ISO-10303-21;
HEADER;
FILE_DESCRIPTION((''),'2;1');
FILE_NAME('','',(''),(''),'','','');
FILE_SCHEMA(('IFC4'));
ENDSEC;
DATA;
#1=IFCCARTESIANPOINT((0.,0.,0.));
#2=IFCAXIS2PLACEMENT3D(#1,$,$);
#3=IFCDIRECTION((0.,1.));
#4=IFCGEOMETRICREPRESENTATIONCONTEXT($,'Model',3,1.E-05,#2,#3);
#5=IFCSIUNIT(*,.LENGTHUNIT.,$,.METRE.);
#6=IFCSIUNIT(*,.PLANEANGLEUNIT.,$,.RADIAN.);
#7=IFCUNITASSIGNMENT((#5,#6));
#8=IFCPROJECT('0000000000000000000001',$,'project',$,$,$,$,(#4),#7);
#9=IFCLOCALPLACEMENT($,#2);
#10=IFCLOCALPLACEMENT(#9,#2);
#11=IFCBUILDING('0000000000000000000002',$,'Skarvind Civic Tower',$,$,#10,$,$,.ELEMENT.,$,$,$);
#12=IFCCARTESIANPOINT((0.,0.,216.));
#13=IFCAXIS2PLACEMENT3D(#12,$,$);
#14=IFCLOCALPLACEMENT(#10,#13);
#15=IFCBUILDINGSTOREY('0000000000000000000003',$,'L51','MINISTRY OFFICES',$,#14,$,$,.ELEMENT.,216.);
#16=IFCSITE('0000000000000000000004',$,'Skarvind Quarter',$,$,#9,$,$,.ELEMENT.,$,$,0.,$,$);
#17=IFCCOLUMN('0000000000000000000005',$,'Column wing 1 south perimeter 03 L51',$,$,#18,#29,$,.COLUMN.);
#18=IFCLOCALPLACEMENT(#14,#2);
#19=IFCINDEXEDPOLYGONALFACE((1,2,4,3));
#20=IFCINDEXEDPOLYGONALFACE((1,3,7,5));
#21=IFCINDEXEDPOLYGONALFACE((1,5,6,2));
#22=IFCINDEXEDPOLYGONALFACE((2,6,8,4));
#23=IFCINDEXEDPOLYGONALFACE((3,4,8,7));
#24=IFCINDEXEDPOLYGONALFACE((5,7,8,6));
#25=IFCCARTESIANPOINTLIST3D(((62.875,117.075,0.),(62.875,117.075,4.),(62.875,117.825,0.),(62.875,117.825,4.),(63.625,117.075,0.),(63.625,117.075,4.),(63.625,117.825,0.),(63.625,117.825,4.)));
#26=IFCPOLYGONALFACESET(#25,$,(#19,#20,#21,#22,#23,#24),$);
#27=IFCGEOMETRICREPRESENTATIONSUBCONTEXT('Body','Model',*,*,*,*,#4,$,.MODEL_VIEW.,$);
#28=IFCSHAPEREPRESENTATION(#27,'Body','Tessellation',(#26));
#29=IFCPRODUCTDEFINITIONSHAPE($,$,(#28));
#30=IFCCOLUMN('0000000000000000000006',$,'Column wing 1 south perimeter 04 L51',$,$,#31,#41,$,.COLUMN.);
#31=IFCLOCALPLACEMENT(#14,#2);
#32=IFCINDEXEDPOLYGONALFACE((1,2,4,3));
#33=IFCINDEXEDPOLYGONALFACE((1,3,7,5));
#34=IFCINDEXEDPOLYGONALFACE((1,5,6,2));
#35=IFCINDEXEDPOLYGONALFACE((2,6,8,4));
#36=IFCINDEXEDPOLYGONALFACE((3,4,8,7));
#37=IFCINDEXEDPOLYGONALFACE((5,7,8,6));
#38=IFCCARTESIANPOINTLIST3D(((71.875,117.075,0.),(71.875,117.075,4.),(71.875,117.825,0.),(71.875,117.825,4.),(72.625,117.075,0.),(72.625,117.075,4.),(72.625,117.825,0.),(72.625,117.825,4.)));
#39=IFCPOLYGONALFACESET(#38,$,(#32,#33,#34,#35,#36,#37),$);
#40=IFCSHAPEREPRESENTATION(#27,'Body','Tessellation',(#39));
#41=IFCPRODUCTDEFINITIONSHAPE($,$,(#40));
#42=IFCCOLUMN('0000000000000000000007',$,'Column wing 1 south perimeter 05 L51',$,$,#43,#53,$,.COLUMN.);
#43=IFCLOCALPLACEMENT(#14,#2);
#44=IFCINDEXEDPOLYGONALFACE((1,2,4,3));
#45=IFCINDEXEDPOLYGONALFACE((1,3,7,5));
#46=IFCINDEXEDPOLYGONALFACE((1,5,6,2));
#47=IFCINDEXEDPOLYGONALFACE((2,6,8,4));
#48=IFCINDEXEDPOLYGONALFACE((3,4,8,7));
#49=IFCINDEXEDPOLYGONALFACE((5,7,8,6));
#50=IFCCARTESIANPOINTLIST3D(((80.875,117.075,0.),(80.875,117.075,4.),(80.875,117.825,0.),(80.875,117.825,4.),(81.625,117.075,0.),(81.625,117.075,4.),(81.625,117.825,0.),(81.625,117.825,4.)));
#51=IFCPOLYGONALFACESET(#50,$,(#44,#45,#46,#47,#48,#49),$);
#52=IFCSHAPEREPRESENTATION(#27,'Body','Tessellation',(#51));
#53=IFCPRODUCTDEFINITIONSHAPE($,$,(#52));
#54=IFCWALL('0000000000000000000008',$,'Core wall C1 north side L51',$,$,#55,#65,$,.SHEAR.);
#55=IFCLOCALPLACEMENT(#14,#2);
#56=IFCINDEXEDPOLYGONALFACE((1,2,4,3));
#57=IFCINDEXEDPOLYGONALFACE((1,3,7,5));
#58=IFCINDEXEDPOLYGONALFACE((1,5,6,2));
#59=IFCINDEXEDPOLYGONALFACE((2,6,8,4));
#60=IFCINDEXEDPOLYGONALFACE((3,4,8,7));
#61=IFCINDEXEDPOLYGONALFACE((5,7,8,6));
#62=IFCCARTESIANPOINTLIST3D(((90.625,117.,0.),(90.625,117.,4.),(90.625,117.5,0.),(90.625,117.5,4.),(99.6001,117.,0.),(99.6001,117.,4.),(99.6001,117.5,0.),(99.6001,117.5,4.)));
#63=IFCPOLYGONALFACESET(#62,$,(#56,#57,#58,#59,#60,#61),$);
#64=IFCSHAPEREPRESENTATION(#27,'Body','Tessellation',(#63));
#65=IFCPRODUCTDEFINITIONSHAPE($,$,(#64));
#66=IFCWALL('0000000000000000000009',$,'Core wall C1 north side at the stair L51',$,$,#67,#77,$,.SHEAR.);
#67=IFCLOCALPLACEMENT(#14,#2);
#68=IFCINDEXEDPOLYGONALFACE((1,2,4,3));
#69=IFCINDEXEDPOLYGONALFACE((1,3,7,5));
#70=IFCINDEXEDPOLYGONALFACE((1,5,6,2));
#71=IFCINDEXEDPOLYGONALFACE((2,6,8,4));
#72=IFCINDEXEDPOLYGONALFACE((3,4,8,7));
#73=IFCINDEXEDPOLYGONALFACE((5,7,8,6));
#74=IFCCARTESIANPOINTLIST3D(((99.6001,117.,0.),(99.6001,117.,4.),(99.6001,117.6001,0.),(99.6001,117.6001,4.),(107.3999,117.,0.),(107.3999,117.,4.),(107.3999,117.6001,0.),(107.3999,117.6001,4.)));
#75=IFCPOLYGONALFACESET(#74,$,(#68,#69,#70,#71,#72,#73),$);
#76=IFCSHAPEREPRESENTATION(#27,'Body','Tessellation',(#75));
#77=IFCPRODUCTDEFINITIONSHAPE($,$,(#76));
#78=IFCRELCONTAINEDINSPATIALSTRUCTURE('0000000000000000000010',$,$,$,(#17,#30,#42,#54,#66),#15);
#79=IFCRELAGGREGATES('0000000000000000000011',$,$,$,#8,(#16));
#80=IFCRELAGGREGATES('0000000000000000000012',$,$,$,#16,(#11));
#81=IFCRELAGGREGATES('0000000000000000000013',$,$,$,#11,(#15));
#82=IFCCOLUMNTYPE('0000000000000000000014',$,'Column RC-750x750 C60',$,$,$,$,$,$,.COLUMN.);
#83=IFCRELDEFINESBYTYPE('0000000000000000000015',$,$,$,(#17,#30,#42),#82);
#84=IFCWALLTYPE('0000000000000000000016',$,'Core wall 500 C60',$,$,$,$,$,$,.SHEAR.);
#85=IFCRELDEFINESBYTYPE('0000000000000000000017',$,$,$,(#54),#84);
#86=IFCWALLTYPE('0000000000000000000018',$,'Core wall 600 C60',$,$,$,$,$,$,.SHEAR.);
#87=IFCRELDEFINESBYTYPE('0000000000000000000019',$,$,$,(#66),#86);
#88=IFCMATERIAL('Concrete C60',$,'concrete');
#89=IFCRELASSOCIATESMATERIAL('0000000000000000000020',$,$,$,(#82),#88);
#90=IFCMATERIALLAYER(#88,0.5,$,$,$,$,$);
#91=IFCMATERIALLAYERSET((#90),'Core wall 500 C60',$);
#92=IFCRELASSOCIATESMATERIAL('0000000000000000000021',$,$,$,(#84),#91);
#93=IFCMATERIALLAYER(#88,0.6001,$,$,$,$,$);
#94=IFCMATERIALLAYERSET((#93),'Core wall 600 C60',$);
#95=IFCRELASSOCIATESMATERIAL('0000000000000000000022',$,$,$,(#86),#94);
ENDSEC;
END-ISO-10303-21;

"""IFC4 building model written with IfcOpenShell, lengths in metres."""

from ifc_helpers import new_model, si_unit, direction, frame, frame_2d, origin, origin_2d, place, context, subcontext, project, spatial, rectangle, extrude, material, layer, layer_set, material_profile, profile_set, type_object, element, save


model = new_model("IFC4")

# Units and contexts
model_context = context("Model", 3, precision=1e-05, world=origin(), true_north=direction((0.0, 1.0)))
body_context = subcontext(model_context, "Body", "Model", "MODEL_VIEW")
ifc_project = project(units=[si_unit("LENGTHUNIT", "METRE"), si_unit("PLANEANGLEUNIT", "RADIAN")], contexts=[model_context])

# Site, building, storey
site_placement = place(None, origin())
site = spatial("IfcSite", under=ifc_project, at=site_placement, Name="Skarvind Quarter", CompositionType="ELEMENT", RefElevation=0.0)
building_placement = place(site_placement, origin())
building = spatial("IfcBuilding", under=site, at=building_placement, Name="Skarvind Civic Tower", CompositionType="ELEMENT")
storey_placement = place(building_placement, frame((0.0, 0.0, 216.0)))
storey = spatial("IfcBuildingStorey", under=building, at=storey_placement, Name="L51", Description="MINISTRY OFFICES", CompositionType="ELEMENT", Elevation=216.0)

# Columns
ifc_material_1 = material(Name="Concrete C60", Category="concrete")
ifc_material_profile_1 = material_profile(ifc_material_1, rectangle(XDim=0.75, YDim=0.75, at=origin_2d()), Name="RC-750x750")
ifc_profile_set_1 = profile_set([ifc_material_profile_1], Name="Concrete C60")
column_type = type_object("IfcColumnType", Name="Column RC-750x750 C60", PredefinedType="COLUMN", material=ifc_profile_set_1)
for number, where, z_axis, x_axis, name in (
    (1, (63.25, 117.45, 0.0), (0.0, 0.0, 1.0), (1.0, 0.0, 0.0), "Column wing 1 south perimeter 03 L51"),
    (2, (72.25, 117.45, 0.0), (0.0, 0.0, 1.0), (1.0, 0.0, 0.0), "Column wing 1 south perimeter 04 L51"),
    (3, (81.25, 117.45, 0.0), (0.0, 0.0, 1.0), (1.0, 0.0, 0.0), "Column wing 1 south perimeter 05 L51"),
):
    element("IfcColumn", number, at=place(storey_placement, frame(where, z_axis=z_axis, x_axis=x_axis)), inside=storey, type_object=column_type, Name=name, PredefinedType="COLUMN", context=body_context, shape_type="SweptSolid", body=[
        extrude(rectangle(XDim=0.75, YDim=0.75, at=origin_2d()), origin(), (0.0, 0.0, 1.0), 4.0),
    ])

# Walls
ifc_layer_1 = layer(ifc_material_1, 0.5)
ifc_layer_set_1 = layer_set([ifc_layer_1], Name="Core wall 500 C60")
wall_type_1 = type_object("IfcWallType", Name="Core wall 500 C60", PredefinedType="SHEAR", material=ifc_layer_set_1)
wall_1_placement = place(storey_placement, frame((99.6001, 117.25, 0.0), z_axis=(0.0, 0.0, 1.0), x_axis=(-1.0, 0.0, 0.0)))
element("IfcWall", 4, at=wall_1_placement, inside=storey, type_object=wall_type_1, Name="Core wall C1 north side L51", PredefinedType="SHEAR", context=body_context, shape_type="SweptSolid", body=[
    extrude(rectangle(XDim=8.9751, YDim=0.5, at=frame_2d((4.4875, 0.0))), origin(), (0.0, 0.0, 1.0), 4.0),
])
ifc_layer_2 = layer(ifc_material_1, 0.6001)
ifc_layer_set_2 = layer_set([ifc_layer_2], Name="Core wall 600 C60")
wall_type_2 = type_object("IfcWallType", Name="Core wall 600 C60", PredefinedType="SHEAR", material=ifc_layer_set_2)
wall_2_placement = place(storey_placement, frame((107.3999, 117.3, 0.0), z_axis=(0.0, 0.0, 1.0), x_axis=(-1.0, 0.0, 0.0)))
element("IfcWall", 5, at=wall_2_placement, inside=storey, type_object=wall_type_2, Name="Core wall C1 north side at the stair L51", PredefinedType="SHEAR", context=body_context, shape_type="SweptSolid", body=[
    extrude(rectangle(XDim=7.7998, YDim=0.6001, at=frame_2d((3.8999, 0.0))), origin(), (0.0, 0.0, 1.0), 4.0),
])

save(model, "model.ifc")
